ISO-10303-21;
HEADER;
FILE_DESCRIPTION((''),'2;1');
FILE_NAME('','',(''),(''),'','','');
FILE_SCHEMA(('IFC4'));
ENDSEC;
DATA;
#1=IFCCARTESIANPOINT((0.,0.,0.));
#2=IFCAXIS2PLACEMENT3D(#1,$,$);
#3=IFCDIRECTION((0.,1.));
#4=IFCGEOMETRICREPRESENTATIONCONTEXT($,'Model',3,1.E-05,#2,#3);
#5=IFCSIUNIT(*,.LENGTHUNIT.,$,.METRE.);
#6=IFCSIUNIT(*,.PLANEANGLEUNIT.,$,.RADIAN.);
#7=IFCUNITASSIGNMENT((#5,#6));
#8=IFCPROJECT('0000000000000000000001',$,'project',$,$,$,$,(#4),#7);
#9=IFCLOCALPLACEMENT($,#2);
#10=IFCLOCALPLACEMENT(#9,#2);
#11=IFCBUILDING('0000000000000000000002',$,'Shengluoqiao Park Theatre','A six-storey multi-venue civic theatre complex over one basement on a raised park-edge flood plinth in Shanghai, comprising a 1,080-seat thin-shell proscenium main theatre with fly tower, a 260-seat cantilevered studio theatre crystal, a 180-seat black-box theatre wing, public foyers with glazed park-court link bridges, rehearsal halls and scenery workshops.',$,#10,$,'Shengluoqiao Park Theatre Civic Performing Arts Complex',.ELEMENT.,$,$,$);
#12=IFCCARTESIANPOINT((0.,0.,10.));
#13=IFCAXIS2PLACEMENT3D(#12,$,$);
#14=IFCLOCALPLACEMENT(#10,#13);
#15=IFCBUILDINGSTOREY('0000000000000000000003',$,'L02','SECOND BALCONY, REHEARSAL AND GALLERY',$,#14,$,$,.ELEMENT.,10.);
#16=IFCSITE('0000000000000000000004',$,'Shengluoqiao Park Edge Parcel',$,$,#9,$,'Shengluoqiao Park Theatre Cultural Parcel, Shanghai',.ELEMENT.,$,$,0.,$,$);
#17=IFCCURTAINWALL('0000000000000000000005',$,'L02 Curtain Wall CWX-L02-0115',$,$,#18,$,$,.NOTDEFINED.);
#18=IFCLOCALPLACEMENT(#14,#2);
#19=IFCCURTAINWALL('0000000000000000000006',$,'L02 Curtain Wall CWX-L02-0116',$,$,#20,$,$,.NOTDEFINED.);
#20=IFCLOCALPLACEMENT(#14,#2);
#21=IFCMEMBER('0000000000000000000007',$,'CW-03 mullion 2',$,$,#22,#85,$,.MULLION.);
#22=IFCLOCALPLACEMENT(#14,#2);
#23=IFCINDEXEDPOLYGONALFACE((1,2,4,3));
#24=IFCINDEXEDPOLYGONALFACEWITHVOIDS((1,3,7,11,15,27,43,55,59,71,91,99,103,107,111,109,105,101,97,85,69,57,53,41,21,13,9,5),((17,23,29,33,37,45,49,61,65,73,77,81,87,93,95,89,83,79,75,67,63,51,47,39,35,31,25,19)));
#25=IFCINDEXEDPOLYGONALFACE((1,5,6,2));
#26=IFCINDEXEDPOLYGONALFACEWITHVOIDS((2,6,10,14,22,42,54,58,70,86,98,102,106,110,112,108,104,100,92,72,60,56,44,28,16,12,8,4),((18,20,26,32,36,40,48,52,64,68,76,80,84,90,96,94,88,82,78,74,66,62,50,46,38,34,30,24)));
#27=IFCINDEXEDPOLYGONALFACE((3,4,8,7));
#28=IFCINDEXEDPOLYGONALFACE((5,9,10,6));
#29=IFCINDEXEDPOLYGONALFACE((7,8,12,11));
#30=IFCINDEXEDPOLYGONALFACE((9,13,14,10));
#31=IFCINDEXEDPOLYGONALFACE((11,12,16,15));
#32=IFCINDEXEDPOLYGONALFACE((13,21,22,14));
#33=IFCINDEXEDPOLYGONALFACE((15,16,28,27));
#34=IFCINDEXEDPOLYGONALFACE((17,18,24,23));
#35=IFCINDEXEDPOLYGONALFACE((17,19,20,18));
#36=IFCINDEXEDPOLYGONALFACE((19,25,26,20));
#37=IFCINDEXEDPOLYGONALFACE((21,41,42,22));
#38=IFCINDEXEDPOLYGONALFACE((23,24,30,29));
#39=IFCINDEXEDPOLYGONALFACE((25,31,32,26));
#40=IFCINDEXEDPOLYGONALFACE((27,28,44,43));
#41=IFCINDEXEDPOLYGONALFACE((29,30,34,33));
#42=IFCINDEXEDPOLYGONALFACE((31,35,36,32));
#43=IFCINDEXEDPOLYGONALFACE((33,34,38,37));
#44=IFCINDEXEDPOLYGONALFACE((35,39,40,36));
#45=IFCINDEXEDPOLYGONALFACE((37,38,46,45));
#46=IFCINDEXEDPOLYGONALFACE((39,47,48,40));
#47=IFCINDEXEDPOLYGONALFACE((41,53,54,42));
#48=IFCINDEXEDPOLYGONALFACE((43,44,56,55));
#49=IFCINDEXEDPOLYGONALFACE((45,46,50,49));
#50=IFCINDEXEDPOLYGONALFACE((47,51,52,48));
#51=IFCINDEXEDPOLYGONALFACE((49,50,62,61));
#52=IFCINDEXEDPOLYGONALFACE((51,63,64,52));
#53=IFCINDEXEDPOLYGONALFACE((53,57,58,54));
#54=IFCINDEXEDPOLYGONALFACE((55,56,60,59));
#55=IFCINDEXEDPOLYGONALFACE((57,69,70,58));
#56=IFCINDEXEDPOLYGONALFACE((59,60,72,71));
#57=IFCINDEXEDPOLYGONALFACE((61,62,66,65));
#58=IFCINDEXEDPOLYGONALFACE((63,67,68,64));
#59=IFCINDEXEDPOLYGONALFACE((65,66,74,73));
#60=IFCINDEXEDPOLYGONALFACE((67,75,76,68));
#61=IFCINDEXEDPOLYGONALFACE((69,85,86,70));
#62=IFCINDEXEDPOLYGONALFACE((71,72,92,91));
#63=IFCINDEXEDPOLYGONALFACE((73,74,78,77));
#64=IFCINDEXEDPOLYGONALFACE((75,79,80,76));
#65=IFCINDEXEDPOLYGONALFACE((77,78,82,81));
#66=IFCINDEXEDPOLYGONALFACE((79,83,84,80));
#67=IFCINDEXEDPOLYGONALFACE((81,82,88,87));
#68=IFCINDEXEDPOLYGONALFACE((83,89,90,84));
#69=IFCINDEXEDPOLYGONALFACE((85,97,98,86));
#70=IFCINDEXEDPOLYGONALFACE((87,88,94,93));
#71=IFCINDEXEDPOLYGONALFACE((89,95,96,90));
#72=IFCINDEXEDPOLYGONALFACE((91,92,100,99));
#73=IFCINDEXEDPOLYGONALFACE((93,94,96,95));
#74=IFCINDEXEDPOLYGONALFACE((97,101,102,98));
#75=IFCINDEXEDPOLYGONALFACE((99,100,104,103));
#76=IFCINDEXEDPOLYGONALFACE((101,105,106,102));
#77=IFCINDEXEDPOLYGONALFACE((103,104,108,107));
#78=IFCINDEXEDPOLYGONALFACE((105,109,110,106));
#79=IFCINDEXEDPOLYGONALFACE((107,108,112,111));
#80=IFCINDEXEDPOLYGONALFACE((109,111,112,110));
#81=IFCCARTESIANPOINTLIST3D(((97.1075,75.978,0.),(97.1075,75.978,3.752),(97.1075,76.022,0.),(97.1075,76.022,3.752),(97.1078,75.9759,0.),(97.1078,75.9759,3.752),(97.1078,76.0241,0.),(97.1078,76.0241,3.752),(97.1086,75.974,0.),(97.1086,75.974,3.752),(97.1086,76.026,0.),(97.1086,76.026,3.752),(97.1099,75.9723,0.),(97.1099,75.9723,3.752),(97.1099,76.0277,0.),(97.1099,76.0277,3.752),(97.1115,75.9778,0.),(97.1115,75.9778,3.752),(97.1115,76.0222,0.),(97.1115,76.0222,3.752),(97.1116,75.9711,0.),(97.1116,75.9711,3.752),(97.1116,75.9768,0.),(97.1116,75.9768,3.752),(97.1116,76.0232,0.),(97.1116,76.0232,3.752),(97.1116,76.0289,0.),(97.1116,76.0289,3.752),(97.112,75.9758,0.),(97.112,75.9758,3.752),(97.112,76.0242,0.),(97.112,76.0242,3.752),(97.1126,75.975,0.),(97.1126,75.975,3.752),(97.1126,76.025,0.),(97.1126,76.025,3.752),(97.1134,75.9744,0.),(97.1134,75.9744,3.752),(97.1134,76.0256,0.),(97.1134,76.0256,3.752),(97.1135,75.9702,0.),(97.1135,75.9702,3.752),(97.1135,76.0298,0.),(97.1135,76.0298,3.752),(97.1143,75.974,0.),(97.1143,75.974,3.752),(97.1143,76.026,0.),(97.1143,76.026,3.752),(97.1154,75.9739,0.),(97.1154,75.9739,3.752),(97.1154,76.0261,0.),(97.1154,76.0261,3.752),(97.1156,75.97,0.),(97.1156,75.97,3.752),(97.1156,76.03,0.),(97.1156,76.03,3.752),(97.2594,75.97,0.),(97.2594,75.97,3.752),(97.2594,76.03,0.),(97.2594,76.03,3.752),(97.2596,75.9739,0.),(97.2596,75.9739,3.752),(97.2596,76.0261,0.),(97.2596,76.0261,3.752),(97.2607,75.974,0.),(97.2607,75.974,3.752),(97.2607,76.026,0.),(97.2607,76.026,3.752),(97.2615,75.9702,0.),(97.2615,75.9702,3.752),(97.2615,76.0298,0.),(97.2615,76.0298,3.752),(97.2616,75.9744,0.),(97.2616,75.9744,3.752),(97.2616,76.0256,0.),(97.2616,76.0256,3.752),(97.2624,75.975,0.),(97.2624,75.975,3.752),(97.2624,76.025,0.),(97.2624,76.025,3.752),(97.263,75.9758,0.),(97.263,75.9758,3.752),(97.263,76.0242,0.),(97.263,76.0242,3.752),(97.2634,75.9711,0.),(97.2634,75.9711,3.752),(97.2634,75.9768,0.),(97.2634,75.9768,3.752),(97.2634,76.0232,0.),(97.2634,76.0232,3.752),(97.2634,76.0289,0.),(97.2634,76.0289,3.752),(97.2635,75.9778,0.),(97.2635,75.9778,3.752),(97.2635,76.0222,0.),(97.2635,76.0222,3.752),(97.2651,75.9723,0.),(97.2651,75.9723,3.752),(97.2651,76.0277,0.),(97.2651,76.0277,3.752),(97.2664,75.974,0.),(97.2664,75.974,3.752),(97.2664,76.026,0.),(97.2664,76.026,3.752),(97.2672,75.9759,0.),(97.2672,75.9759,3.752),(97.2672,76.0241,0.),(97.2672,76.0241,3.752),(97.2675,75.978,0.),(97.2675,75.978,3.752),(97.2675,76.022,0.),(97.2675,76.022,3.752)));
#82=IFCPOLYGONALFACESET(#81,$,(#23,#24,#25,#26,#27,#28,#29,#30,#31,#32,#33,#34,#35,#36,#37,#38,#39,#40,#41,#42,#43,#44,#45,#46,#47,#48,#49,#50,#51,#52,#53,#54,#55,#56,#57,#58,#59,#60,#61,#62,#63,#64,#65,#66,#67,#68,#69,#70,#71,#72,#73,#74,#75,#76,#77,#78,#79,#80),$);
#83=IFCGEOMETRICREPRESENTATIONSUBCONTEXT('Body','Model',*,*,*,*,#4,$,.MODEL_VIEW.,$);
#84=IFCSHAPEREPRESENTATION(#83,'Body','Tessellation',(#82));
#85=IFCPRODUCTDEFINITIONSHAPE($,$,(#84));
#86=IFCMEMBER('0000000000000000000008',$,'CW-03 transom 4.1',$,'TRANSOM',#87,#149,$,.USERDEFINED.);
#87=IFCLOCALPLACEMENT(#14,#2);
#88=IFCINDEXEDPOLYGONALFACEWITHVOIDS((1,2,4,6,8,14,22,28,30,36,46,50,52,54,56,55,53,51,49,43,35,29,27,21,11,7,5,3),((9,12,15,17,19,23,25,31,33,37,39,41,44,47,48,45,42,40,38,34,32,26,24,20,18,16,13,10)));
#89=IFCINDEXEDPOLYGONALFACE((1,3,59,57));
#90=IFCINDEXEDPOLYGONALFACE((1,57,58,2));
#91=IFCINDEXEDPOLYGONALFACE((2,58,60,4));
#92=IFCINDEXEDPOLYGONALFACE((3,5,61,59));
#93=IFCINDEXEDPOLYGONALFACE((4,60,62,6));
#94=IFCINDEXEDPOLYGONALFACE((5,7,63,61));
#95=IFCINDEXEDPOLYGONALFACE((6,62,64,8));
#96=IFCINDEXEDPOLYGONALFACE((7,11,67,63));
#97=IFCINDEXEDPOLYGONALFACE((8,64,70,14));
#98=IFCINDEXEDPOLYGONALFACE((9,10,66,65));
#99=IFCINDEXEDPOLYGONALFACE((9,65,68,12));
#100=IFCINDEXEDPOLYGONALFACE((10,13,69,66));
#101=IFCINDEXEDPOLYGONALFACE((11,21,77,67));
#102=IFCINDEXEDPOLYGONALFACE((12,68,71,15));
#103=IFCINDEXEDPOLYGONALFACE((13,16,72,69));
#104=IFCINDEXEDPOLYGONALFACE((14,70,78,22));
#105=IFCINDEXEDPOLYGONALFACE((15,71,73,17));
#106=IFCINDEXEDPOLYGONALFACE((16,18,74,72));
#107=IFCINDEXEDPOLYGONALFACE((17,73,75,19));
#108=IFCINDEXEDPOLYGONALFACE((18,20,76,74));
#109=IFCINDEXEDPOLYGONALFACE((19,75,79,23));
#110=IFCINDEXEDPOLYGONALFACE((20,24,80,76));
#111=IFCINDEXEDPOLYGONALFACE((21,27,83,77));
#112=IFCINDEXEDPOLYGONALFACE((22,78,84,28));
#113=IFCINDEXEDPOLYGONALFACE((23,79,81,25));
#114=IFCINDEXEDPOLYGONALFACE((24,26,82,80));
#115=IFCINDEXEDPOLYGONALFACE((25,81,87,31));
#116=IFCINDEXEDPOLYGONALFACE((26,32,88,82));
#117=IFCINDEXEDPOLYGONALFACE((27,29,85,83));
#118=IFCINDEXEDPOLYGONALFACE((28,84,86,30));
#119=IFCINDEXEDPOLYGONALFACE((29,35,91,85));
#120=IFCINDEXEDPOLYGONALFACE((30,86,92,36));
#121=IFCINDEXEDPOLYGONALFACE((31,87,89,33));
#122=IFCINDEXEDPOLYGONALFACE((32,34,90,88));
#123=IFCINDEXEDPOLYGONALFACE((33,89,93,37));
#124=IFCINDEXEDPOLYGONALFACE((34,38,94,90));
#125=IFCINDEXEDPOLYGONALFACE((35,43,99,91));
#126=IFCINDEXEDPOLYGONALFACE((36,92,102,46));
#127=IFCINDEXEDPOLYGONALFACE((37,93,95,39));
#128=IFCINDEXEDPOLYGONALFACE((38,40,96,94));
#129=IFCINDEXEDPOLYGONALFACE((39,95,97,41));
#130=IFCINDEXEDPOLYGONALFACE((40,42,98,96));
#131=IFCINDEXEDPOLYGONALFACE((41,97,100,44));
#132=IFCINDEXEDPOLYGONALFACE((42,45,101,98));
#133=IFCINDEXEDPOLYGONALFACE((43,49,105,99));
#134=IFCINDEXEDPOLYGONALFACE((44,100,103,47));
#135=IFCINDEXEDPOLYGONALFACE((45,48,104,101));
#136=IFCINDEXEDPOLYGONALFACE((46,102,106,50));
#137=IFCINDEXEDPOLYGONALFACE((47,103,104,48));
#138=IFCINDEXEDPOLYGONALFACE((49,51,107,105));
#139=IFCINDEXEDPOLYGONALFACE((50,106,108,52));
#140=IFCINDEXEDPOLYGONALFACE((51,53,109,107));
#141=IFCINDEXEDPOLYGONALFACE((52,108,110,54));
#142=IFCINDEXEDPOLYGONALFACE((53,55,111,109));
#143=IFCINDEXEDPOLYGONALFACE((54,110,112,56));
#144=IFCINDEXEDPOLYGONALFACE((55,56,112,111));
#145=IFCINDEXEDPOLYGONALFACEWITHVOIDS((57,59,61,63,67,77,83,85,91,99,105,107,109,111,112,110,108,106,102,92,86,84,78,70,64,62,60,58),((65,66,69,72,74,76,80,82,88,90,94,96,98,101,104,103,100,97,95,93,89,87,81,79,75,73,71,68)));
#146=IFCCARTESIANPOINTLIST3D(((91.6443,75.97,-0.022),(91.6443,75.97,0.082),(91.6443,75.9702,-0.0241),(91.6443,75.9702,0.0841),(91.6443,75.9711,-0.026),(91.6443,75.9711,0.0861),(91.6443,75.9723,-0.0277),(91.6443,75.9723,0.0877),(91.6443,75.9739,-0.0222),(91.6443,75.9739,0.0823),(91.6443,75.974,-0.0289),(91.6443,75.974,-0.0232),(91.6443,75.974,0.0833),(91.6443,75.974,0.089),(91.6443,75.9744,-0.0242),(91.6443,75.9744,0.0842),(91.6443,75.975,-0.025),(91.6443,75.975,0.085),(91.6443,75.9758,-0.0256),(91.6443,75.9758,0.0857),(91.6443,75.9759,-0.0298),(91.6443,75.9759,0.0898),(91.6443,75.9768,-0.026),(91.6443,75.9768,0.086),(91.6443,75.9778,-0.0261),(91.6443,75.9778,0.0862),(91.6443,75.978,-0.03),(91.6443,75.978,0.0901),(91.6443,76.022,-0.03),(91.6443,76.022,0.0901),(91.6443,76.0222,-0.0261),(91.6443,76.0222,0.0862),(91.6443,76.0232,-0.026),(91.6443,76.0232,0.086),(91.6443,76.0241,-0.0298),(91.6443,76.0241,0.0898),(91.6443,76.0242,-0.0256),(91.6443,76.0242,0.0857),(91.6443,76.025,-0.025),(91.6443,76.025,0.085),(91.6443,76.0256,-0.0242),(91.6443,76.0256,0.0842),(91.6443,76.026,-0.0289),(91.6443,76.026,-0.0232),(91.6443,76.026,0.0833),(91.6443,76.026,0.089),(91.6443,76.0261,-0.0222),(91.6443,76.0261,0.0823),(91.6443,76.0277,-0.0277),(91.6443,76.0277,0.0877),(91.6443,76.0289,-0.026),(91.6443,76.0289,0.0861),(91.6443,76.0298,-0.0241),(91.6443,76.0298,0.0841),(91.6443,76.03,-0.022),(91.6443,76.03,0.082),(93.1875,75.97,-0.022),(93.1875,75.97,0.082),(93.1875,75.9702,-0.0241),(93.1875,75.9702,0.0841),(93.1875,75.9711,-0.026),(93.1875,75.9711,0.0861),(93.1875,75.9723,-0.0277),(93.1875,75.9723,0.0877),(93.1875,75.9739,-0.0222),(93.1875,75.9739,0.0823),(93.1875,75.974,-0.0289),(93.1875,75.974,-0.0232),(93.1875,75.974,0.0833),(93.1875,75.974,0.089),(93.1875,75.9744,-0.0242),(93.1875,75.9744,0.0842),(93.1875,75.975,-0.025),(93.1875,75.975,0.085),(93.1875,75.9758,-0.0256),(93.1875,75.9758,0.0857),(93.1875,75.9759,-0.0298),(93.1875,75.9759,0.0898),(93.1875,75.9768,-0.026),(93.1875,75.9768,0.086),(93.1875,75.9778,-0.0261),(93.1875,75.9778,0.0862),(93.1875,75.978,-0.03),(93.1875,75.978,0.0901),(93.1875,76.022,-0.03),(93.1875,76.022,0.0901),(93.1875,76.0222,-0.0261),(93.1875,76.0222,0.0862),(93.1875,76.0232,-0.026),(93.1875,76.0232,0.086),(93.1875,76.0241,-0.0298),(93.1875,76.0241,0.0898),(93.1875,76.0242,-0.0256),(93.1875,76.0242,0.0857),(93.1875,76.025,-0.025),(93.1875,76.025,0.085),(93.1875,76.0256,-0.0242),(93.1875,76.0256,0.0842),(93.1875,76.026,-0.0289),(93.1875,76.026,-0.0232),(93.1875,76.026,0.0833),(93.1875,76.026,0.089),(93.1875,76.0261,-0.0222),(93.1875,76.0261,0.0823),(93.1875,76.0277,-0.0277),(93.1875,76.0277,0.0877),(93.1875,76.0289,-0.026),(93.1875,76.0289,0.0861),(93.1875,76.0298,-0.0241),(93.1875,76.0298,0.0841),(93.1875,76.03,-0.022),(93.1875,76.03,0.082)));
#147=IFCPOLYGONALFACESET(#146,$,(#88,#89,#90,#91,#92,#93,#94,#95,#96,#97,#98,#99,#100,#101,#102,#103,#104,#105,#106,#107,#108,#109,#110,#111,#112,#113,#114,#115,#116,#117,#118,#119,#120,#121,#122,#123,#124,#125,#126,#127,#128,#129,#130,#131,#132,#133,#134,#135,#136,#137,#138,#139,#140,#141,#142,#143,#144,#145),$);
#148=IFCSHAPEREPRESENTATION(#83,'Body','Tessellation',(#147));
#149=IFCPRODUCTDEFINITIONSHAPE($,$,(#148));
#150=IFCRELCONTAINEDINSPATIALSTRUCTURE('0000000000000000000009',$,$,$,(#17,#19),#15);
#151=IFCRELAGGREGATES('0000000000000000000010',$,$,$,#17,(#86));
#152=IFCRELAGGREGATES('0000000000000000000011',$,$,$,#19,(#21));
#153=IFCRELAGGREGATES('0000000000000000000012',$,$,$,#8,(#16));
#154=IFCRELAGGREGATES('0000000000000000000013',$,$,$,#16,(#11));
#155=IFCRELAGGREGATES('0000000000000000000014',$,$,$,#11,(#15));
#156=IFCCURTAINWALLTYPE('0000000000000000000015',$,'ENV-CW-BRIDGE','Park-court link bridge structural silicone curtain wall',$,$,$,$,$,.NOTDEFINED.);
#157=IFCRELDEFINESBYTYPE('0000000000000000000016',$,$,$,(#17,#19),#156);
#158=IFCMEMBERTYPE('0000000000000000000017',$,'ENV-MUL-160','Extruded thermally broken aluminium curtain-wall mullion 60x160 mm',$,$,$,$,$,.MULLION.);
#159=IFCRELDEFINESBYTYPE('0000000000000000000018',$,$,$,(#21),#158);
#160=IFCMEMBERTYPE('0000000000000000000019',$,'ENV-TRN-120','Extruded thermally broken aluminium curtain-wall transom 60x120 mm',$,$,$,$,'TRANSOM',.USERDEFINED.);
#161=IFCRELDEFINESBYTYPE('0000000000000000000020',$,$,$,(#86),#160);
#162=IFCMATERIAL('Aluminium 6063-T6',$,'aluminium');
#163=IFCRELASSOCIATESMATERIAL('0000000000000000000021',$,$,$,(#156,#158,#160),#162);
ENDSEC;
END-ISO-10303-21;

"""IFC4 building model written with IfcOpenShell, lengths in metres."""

from ifc_helpers import new_model, si_unit, direction, frame, origin, origin_2d, place, context, subcontext, project, spatial, hollow_rectangle, extrude, material, material_profile, profile_set, type_object, element, aggregate, save


model = new_model("IFC4")

# Units and contexts
model_context = context("Model", 3, precision=1e-05, world=origin(), true_north=direction((0.0, 1.0)))
body_context = subcontext(model_context, "Body", "Model", "MODEL_VIEW")
ifc_project = project(units=[si_unit("LENGTHUNIT", "METRE"), si_unit("PLANEANGLEUNIT", "RADIAN")], contexts=[model_context])

# Site, building, storey
site_placement = place(None, origin())
site = spatial("IfcSite", under=ifc_project, at=site_placement, Name="Shengluoqiao Park Edge Parcel", LongName="Shengluoqiao Park Theatre Cultural Parcel, Shanghai", CompositionType="ELEMENT", RefElevation=0.0)
building_placement = place(site_placement, origin())
building = spatial("IfcBuilding", under=site, at=building_placement, Name="Shengluoqiao Park Theatre", Description="A six-storey multi-venue civic theatre complex over one basement on a raised park-edge flood plinth in Shanghai, comprising a 1,080-seat thin-shell proscenium main theatre with fly tower, a 260-seat cantilevered studio theatre crystal, a 180-seat black-box theatre wing, public foyers with glazed park-court link bridges, rehearsal halls and scenery workshops.", LongName="Shengluoqiao Park Theatre Civic Performing Arts Complex", CompositionType="ELEMENT")
storey_placement = place(building_placement, frame((0.0, 0.0, 10.0)))
storey = spatial("IfcBuildingStorey", under=building, at=storey_placement, Name="L02", Description="SECOND BALCONY, REHEARSAL AND GALLERY", CompositionType="ELEMENT", Elevation=10.0)

# Curtain walls, member
ifc_material_1 = material(Name="Aluminium 6063-T6", Category="aluminium")
curtain_wall_type = type_object("IfcCurtainWallType", Name="ENV-CW-BRIDGE", Description="Park-court link bridge structural silicone curtain wall", PredefinedType="NOTDEFINED", material=ifc_material_1)
curtain_wall_1_placement = place(storey_placement, origin())
curtain_wall_1 = element("IfcCurtainWall", 1, at=curtain_wall_1_placement, inside=storey, type_object=curtain_wall_type, Name="L02 Curtain Wall CWX-L02-0115", PredefinedType="NOTDEFINED")
ifc_material_profile_1 = material_profile(ifc_material_1, hollow_rectangle(XDim=0.0601, YDim=0.1599, WallThickness=0.0039, InnerFilletRadius=0.0039, OuterFilletRadius=0.0081, at=origin_2d()), Name="ALU MULLION 160x60x4")
ifc_profile_set_1 = profile_set([ifc_material_profile_1], Name="Aluminium 6063-T6")
member_type_1 = type_object("IfcMemberType", Name="ENV-MUL-160", Description="Extruded thermally broken aluminium curtain-wall mullion 60x160 mm", PredefinedType="MULLION", material=ifc_profile_set_1)
curtain_wall_2_placement = place(storey_placement, origin())
curtain_wall_2 = element("IfcCurtainWall", 2, at=curtain_wall_2_placement, inside=storey, type_object=curtain_wall_type, Name="L02 Curtain Wall CWX-L02-0116", PredefinedType="NOTDEFINED")
member_1_placement = place(storey_placement, frame((97.1875, 76.0, 0.0), z_axis=(0.0, 0.0, 1.0), x_axis=(0.0, 1.0, 0.0)))
member_1 = element("IfcMember", 3, at=member_1_placement, type_object=member_type_1, Name="CW-03 mullion 2", PredefinedType="MULLION", context=body_context, shape_type="SweptSolid", body=[
    extrude(hollow_rectangle(XDim=0.0601, YDim=0.1599, WallThickness=0.0039, InnerFilletRadius=0.0039, OuterFilletRadius=0.0081, at=origin_2d()), origin(), (0.0, 0.0, 1.0), 3.752),
])

# Member
ifc_material_profile_2 = material_profile(ifc_material_1, hollow_rectangle(XDim=0.0601, YDim=0.1201, WallThickness=0.0039, InnerFilletRadius=0.0039, OuterFilletRadius=0.0081, at=origin_2d()), Name="ALU TRANSOM 120x60x4")
ifc_profile_set_2 = profile_set([ifc_material_profile_2], Name="Aluminium 6063-T6")
member_type_2 = type_object("IfcMemberType", Name="ENV-TRN-120", Description="Extruded thermally broken aluminium curtain-wall transom 60x120 mm", ElementType="TRANSOM", PredefinedType="USERDEFINED", material=ifc_profile_set_2)
member_2_placement = place(storey_placement, frame((91.6443, 76.0, 0.03), z_axis=(1.0, 0.0, 0.0), x_axis=(0.0, 1.0, 0.0)))
member_2 = element("IfcMember", 4, at=member_2_placement, type_object=member_type_2, Name="CW-03 transom 4.1", ObjectType="TRANSOM", PredefinedType="USERDEFINED", context=body_context, shape_type="SweptSolid", body=[
    extrude(hollow_rectangle(XDim=0.0601, YDim=0.1201, WallThickness=0.0039, InnerFilletRadius=0.0039, OuterFilletRadius=0.0081, at=origin_2d()), origin(), (0.0, 0.0, 1.0), 1.5432),
])

aggregate(curtain_wall_1, [member_2])
aggregate(curtain_wall_2, [member_1])

save(model, "model.ifc")
